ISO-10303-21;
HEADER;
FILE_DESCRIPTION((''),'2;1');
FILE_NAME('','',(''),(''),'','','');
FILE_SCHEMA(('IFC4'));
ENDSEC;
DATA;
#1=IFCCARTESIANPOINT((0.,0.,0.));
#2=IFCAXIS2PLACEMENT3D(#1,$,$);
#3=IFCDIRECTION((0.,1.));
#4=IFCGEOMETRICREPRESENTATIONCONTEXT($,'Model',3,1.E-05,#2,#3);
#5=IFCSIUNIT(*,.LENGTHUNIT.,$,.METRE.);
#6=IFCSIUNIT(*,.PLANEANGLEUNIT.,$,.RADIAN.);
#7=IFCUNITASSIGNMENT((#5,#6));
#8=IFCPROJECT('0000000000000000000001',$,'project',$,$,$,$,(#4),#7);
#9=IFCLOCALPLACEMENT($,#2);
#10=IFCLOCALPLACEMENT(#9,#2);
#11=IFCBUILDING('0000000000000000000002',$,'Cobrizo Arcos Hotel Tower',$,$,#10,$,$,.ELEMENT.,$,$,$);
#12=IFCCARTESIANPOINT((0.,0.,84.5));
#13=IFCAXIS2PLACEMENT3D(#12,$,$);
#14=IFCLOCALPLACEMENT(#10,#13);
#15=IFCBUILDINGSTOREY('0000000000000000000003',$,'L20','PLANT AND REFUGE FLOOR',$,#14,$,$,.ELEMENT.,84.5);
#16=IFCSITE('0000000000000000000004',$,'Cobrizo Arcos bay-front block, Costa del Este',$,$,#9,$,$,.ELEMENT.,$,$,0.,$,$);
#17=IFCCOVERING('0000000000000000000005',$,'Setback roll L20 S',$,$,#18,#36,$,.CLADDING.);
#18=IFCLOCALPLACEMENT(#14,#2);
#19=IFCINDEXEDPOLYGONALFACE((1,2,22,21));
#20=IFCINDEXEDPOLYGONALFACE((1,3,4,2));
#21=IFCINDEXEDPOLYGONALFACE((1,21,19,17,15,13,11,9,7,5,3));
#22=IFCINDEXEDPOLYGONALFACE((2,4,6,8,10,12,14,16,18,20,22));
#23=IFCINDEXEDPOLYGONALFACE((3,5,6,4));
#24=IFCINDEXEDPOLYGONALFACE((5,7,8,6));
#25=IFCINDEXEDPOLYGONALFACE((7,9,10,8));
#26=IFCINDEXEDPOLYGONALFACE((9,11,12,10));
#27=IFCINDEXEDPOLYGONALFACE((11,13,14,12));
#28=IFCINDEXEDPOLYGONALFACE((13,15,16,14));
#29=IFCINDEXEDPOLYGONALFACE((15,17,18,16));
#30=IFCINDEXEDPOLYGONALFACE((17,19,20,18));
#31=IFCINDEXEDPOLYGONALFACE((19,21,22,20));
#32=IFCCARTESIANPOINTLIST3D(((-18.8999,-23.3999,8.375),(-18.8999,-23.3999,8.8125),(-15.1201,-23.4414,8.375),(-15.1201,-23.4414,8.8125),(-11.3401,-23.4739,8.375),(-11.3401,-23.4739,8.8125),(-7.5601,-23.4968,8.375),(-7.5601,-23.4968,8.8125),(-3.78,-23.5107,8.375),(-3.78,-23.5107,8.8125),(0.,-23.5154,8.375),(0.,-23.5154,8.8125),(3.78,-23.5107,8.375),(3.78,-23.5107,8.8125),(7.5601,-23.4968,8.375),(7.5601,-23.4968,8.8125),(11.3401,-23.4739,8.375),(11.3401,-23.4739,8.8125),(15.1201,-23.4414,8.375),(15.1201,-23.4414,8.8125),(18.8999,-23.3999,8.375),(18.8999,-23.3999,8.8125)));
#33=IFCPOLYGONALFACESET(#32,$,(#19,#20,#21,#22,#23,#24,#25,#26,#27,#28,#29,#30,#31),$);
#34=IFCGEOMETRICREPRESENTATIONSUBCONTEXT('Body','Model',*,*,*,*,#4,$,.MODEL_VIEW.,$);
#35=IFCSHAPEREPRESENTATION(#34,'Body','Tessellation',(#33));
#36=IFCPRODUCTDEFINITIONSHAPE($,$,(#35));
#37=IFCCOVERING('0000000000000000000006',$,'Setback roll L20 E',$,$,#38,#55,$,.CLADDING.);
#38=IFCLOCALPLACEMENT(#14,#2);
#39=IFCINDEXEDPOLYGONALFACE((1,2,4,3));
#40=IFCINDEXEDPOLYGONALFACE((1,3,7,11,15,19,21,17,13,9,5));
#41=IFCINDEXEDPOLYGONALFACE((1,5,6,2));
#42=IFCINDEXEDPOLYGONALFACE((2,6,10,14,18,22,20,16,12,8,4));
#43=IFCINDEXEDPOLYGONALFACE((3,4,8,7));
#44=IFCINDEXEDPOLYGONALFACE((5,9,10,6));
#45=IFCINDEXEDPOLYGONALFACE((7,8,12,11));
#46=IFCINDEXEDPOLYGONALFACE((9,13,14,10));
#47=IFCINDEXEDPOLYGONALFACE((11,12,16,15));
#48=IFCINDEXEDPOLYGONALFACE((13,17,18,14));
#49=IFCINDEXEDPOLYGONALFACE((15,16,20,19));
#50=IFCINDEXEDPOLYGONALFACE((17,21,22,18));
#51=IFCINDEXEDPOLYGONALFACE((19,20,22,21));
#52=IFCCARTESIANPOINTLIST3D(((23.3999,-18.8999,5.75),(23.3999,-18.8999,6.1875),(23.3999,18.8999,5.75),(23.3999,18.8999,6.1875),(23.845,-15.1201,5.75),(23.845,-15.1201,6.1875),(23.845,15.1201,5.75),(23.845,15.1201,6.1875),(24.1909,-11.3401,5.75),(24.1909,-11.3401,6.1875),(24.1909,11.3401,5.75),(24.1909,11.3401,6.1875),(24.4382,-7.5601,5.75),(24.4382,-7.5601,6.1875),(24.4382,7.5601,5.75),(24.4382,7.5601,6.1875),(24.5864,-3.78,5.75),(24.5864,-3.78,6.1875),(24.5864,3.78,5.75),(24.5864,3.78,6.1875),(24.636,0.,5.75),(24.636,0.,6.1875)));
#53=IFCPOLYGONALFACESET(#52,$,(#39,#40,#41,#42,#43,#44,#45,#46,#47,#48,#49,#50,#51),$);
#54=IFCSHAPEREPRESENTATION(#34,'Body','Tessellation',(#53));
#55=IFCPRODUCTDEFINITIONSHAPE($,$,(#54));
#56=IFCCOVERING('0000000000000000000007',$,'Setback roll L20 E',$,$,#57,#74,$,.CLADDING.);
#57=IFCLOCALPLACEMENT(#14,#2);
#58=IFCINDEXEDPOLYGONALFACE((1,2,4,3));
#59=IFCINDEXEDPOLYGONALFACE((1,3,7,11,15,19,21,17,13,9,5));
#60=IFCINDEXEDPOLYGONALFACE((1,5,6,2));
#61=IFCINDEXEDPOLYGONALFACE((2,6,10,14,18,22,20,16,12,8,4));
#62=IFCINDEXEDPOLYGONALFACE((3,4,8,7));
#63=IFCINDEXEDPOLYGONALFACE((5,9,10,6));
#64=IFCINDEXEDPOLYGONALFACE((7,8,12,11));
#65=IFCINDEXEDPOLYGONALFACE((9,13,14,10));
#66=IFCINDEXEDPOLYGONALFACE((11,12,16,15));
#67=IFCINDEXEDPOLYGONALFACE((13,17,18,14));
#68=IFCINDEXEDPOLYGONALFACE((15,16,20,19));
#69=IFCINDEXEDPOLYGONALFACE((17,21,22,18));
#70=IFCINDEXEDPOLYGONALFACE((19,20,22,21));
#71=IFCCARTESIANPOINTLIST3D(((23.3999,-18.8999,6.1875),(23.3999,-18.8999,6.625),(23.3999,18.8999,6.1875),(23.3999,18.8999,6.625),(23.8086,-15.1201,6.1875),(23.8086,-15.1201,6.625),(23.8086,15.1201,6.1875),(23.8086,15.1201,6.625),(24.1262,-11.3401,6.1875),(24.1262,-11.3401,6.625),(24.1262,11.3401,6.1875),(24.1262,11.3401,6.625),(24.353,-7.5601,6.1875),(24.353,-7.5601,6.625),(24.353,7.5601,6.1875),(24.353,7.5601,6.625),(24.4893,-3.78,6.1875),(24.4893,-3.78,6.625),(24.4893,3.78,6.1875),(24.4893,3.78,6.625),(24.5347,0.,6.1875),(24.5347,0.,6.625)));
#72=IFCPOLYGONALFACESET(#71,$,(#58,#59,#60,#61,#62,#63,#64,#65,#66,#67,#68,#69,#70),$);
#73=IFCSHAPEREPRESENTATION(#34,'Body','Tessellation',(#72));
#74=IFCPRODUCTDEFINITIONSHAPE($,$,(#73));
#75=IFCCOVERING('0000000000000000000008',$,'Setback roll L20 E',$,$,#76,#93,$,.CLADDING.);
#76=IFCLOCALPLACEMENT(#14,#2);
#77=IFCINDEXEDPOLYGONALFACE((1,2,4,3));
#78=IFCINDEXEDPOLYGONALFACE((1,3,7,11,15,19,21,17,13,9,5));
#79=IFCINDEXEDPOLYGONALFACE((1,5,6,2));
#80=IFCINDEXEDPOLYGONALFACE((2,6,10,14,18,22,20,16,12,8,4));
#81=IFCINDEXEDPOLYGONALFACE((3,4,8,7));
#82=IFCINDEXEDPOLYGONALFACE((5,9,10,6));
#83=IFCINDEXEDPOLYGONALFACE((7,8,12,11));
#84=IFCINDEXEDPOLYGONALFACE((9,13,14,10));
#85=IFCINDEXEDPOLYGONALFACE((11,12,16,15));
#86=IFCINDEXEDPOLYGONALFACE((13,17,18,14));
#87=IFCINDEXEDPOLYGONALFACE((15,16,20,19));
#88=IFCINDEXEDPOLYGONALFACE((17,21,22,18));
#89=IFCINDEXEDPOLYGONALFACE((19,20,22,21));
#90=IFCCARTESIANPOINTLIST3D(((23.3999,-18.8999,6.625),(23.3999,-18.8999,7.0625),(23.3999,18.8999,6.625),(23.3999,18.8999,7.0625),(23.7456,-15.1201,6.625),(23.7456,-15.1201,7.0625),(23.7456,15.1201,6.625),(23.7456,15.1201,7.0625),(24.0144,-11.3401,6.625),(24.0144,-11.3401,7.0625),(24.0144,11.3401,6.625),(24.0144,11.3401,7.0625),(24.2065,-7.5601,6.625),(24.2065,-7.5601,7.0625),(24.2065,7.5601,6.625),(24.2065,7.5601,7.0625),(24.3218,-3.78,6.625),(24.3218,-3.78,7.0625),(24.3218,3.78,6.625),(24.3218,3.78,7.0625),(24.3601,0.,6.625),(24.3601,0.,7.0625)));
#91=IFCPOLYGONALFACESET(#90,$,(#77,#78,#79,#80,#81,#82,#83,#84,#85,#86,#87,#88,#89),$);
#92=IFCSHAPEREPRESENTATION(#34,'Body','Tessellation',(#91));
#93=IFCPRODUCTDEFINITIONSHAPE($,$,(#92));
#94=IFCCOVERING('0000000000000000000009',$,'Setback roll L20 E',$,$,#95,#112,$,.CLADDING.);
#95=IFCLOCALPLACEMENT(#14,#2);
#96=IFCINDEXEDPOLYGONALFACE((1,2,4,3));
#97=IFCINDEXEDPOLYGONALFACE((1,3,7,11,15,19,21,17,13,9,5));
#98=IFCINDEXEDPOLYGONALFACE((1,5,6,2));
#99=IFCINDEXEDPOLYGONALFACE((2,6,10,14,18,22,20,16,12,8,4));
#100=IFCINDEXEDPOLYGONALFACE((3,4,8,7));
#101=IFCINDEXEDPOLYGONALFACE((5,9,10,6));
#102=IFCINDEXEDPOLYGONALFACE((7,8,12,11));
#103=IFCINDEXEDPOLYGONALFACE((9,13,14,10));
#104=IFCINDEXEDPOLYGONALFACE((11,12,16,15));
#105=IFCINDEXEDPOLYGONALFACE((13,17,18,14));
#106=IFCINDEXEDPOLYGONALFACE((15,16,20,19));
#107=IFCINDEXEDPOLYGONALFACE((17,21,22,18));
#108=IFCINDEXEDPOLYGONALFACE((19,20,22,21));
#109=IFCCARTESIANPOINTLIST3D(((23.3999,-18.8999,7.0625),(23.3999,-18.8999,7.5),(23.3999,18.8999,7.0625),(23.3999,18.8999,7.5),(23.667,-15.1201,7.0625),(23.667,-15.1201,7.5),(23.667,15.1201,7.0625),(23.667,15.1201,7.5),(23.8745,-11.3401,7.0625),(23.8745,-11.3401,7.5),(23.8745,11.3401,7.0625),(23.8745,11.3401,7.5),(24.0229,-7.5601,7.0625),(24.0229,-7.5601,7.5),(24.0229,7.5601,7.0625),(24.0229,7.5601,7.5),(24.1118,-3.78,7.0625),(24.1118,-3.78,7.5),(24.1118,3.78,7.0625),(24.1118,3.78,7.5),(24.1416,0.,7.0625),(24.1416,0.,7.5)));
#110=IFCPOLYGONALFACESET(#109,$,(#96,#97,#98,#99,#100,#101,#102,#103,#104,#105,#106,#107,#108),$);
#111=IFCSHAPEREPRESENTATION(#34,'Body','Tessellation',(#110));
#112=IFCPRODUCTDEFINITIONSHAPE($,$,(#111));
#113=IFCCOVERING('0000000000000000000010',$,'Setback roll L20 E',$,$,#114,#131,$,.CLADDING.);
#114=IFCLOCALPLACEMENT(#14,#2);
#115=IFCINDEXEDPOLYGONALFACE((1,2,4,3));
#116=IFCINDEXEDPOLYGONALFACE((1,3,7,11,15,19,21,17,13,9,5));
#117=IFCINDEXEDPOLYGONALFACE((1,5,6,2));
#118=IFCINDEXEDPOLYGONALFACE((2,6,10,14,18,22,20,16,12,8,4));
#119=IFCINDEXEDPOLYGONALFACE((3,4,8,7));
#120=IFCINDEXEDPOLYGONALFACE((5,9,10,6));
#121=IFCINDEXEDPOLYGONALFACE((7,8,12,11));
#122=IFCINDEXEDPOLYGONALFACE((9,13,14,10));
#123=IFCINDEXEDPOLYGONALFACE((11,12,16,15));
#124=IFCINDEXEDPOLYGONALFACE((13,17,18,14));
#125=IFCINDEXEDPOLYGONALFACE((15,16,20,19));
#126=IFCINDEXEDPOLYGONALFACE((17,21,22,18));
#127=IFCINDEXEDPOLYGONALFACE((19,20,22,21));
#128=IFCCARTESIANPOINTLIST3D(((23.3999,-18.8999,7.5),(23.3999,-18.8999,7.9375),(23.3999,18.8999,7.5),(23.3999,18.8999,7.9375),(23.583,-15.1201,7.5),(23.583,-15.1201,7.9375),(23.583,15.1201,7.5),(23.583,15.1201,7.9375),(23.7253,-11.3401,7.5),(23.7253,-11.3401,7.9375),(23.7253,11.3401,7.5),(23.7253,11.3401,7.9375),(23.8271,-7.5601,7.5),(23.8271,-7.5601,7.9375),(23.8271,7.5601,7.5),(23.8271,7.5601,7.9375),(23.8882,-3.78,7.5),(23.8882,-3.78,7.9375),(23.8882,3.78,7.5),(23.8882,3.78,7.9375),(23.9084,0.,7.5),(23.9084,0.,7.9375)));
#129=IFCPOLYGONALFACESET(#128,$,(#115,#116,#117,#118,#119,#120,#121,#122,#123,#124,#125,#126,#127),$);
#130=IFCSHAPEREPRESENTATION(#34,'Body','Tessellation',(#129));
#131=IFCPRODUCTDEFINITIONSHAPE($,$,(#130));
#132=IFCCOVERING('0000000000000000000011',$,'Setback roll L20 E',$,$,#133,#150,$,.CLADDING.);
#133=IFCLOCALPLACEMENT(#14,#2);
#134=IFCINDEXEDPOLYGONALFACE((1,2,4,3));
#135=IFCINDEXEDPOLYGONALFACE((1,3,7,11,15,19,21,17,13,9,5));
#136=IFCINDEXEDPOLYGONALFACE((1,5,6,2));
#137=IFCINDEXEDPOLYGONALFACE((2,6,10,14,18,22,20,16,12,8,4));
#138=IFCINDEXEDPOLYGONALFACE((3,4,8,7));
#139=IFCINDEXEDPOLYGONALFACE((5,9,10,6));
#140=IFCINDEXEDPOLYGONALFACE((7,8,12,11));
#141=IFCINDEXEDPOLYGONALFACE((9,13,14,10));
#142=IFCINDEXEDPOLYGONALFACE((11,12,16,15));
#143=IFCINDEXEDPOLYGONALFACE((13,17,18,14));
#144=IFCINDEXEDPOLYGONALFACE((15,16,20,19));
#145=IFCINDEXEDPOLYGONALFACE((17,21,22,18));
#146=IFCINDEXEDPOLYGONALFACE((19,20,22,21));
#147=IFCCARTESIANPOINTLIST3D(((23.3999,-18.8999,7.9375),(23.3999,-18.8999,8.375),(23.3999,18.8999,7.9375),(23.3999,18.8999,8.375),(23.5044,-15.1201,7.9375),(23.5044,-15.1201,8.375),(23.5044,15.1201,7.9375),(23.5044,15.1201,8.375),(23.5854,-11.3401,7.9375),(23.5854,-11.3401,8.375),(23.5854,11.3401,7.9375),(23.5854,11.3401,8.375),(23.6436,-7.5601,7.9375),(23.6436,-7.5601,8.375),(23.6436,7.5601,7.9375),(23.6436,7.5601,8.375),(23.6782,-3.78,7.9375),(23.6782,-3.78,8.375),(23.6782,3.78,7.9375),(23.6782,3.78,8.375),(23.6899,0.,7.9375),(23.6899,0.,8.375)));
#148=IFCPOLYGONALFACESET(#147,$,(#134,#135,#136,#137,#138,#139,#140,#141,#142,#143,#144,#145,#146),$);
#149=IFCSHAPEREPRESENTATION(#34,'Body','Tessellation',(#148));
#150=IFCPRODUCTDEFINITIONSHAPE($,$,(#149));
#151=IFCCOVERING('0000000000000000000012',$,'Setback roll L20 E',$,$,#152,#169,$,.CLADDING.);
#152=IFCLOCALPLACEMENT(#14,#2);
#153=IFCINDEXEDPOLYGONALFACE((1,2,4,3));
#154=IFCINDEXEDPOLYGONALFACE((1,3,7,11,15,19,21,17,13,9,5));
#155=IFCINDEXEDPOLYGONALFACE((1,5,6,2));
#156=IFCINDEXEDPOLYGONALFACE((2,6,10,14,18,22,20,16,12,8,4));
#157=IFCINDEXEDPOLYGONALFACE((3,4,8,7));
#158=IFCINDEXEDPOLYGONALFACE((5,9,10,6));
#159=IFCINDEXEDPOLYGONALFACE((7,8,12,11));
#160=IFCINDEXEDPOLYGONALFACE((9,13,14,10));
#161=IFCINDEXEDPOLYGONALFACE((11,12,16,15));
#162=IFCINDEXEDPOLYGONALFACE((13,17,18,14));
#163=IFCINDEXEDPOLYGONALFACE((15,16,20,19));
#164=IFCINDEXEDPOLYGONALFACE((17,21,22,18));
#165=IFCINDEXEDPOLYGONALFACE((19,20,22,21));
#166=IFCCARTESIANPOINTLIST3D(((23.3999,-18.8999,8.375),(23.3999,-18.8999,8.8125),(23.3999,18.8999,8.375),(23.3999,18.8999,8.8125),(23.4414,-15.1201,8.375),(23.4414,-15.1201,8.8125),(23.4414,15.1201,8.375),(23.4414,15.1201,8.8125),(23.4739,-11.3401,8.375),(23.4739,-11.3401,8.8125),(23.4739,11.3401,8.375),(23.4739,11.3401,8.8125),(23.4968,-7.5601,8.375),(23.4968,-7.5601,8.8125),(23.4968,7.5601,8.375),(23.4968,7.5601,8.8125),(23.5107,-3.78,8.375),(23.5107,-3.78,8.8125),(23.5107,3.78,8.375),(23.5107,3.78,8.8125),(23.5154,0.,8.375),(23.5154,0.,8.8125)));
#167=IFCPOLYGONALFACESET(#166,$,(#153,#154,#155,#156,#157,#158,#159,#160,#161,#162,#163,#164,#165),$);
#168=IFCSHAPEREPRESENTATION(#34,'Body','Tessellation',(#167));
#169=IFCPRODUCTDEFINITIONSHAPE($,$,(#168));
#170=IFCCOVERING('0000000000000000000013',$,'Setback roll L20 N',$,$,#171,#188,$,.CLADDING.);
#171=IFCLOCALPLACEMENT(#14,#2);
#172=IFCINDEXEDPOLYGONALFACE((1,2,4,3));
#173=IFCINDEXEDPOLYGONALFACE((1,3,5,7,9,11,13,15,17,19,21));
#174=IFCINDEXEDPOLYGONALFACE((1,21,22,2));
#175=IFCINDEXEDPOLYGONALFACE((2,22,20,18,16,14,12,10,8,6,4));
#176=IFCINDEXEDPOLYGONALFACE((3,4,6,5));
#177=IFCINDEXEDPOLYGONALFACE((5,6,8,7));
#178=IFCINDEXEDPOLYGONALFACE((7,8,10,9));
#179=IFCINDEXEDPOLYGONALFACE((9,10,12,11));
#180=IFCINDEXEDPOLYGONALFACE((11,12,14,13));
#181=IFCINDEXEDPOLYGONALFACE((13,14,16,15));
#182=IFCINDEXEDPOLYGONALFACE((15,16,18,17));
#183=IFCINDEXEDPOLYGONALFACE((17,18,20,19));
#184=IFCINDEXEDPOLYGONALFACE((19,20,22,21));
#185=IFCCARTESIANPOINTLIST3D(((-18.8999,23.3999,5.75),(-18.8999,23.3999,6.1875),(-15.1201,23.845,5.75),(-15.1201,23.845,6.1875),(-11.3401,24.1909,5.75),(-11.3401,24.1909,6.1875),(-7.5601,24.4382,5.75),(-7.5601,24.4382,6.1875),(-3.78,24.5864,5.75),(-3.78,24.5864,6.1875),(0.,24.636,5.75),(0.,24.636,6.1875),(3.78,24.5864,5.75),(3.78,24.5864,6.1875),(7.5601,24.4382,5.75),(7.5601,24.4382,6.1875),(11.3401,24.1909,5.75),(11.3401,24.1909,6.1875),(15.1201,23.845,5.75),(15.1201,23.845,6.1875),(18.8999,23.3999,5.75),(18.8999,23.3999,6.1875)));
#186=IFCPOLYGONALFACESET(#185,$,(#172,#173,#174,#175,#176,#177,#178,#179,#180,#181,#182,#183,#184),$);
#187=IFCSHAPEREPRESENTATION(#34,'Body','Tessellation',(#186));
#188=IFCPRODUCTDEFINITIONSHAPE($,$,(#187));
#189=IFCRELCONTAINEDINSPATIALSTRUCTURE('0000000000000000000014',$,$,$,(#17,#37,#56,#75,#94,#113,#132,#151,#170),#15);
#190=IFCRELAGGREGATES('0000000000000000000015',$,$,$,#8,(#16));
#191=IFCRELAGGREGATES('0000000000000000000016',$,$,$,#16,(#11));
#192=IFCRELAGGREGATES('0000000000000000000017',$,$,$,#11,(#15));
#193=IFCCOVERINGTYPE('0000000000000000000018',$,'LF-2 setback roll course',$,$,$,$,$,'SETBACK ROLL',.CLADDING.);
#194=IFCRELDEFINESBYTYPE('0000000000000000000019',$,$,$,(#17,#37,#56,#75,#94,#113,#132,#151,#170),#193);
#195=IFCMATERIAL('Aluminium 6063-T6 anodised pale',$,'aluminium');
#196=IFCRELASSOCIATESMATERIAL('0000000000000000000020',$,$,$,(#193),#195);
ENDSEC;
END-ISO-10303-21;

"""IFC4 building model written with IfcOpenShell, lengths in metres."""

from ifc_helpers import new_model, si_unit, direction, frame, origin, place, context, subcontext, project, spatial, polyline, outline, extrude, material, type_object, element, save


model = new_model("IFC4")

# Units and contexts
model_context = context("Model", 3, precision=1e-05, world=origin(), true_north=direction((0.0, 1.0)))
body_context = subcontext(model_context, "Body", "Model", "MODEL_VIEW")
ifc_project = project(units=[si_unit("LENGTHUNIT", "METRE"), si_unit("PLANEANGLEUNIT", "RADIAN")], contexts=[model_context])

# Site, building, storey
site_placement = place(None, origin())
site = spatial("IfcSite", under=ifc_project, at=site_placement, Name="Cobrizo Arcos bay-front block, Costa del Este", CompositionType="ELEMENT", RefElevation=0.0)
building_placement = place(site_placement, origin())
building = spatial("IfcBuilding", under=site, at=building_placement, Name="Cobrizo Arcos Hotel Tower", CompositionType="ELEMENT")
storey_placement = place(building_placement, frame((0.0, 0.0, 84.5)))
storey = spatial("IfcBuildingStorey", under=building, at=storey_placement, Name="L20", Description="PLANT AND REFUGE FLOOR", CompositionType="ELEMENT", Elevation=84.5)

# Coverings
ifc_material_1 = material(Name="Aluminium 6063-T6 anodised pale", Category="aluminium")
covering_type = type_object("IfcCoveringType", Name="LF-2 setback roll course", ElementType="SETBACK ROLL", PredefinedType="CLADDING", material=ifc_material_1)
covering_1_placement = place(storey_placement, frame((0.0, 0.0, 8.375)))
element("IfcCovering", 1, at=covering_1_placement, inside=storey, type_object=covering_type, Name="Setback roll L20 S", PredefinedType="CLADDING", context=body_context, shape_type="SweptSolid", body=[
    extrude(outline(polyline([(-18.8999, -23.3999), (-15.1201, -23.4414), (-11.3401, -23.4739), (-7.5601, -23.4968), (-3.78, -23.5107), (0.0, -23.5154), (3.78, -23.5107), (7.5601, -23.4968), (11.3401, -23.4739), (15.1201, -23.4414), (18.8999, -23.3999), (18.8999, -23.3999), (-18.8999, -23.3999)])), origin(), (0.0, 0.0, 1.0), 0.4375),
])
covering_2_placement = place(storey_placement, frame((0.0, 0.0, 5.75)))
element("IfcCovering", 2, at=covering_2_placement, inside=storey, type_object=covering_type, Name="Setback roll L20 E", PredefinedType="CLADDING", context=body_context, shape_type="SweptSolid", body=[
    extrude(outline(polyline([(23.3999, -18.8999), (23.845, -15.1201), (24.1909, -11.3401), (24.4382, -7.5601), (24.5864, -3.78), (24.636, 0.0), (24.5864, 3.78), (24.4382, 7.5601), (24.1909, 11.3401), (23.845, 15.1201), (23.3999, 18.8999), (23.3999, 18.8999), (23.3999, -18.8999)])), origin(), (0.0, 0.0, 1.0), 0.4375),
])
covering_3_placement = place(storey_placement, frame((0.0, 0.0, 6.1875)))
element("IfcCovering", 3, at=covering_3_placement, inside=storey, type_object=covering_type, Name="Setback roll L20 E", PredefinedType="CLADDING", context=body_context, shape_type="SweptSolid", body=[
    extrude(outline(polyline([(23.3999, -18.8999), (23.8086, -15.1201), (24.1262, -11.3401), (24.353, -7.5601), (24.4893, -3.78), (24.5347, 0.0), (24.4893, 3.78), (24.353, 7.5601), (24.1262, 11.3401), (23.8086, 15.1201), (23.3999, 18.8999), (23.3999, 18.8999), (23.3999, -18.8999)])), origin(), (0.0, 0.0, 1.0), 0.4375),
])
covering_4_placement = place(storey_placement, frame((0.0, 0.0, 6.625)))
element("IfcCovering", 4, at=covering_4_placement, inside=storey, type_object=covering_type, Name="Setback roll L20 E", PredefinedType="CLADDING", context=body_context, shape_type="SweptSolid", body=[
    extrude(outline(polyline([(23.3999, -18.8999), (23.7456, -15.1201), (24.0144, -11.3401), (24.2065, -7.5601), (24.3218, -3.78), (24.3601, 0.0), (24.3218, 3.78), (24.2065, 7.5601), (24.0144, 11.3401), (23.7456, 15.1201), (23.3999, 18.8999), (23.3999, 18.8999), (23.3999, -18.8999)])), origin(), (0.0, 0.0, 1.0), 0.4375),
])
covering_5_placement = place(storey_placement, frame((0.0, 0.0, 7.0625)))
element("IfcCovering", 5, at=covering_5_placement, inside=storey, type_object=covering_type, Name="Setback roll L20 E", PredefinedType="CLADDING", context=body_context, shape_type="SweptSolid", body=[
    extrude(outline(polyline([(23.3999, -18.8999), (23.667, -15.1201), (23.8745, -11.3401), (24.0229, -7.5601), (24.1118, -3.78), (24.1416, 0.0), (24.1118, 3.78), (24.0229, 7.5601), (23.8745, 11.3401), (23.667, 15.1201), (23.3999, 18.8999), (23.3999, 18.8999), (23.3999, -18.8999)])), origin(), (0.0, 0.0, 1.0), 0.4375),
])
covering_6_placement = place(storey_placement, frame((0.0, 0.0, 7.5)))
element("IfcCovering", 6, at=covering_6_placement, inside=storey, type_object=covering_type, Name="Setback roll L20 E", PredefinedType="CLADDING", context=body_context, shape_type="SweptSolid", body=[
    extrude(outline(polyline([(23.3999, -18.8999), (23.583, -15.1201), (23.7253, -11.3401), (23.8271, -7.5601), (23.8882, -3.78), (23.9084, 0.0), (23.8882, 3.78), (23.8271, 7.5601), (23.7253, 11.3401), (23.583, 15.1201), (23.3999, 18.8999), (23.3999, 18.8999), (23.3999, -18.8999)])), origin(), (0.0, 0.0, 1.0), 0.4375),
])
covering_7_placement = place(storey_placement, frame((0.0, 0.0, 7.9375)))
element("IfcCovering", 7, at=covering_7_placement, inside=storey, type_object=covering_type, Name="Setback roll L20 E", PredefinedType="CLADDING", context=body_context, shape_type="SweptSolid", body=[
    extrude(outline(polyline([(23.3999, -18.8999), (23.5044, -15.1201), (23.5854, -11.3401), (23.6436, -7.5601), (23.6782, -3.78), (23.6899, 0.0), (23.6782, 3.78), (23.6436, 7.5601), (23.5854, 11.3401), (23.5044, 15.1201), (23.3999, 18.8999), (23.3999, 18.8999), (23.3999, -18.8999)])), origin(), (0.0, 0.0, 1.0), 0.4375),
])
covering_8_placement = place(storey_placement, frame((0.0, 0.0, 8.375)))
element("IfcCovering", 8, at=covering_8_placement, inside=storey, type_object=covering_type, Name="Setback roll L20 E", PredefinedType="CLADDING", context=body_context, shape_type="SweptSolid", body=[
    extrude(outline(polyline([(23.3999, -18.8999), (23.4414, -15.1201), (23.4739, -11.3401), (23.4968, -7.5601), (23.5107, -3.78), (23.5154, 0.0), (23.5107, 3.78), (23.4968, 7.5601), (23.4739, 11.3401), (23.4414, 15.1201), (23.3999, 18.8999), (23.3999, 18.8999), (23.3999, -18.8999)])), origin(), (0.0, 0.0, 1.0), 0.4375),
])
covering_9_placement = place(storey_placement, frame((0.0, 0.0, 5.75)))
element("IfcCovering", 9, at=covering_9_placement, inside=storey, type_object=covering_type, Name="Setback roll L20 N", PredefinedType="CLADDING", context=body_context, shape_type="SweptSolid", body=[
    extrude(outline(polyline([(18.8999, 23.3999), (15.1201, 23.845), (11.3401, 24.1909), (7.5601, 24.4382), (3.78, 24.5864), (0.0, 24.636), (-3.78, 24.5864), (-7.5601, 24.4382), (-11.3401, 24.1909), (-15.1201, 23.845), (-18.8999, 23.3999), (-18.8999, 23.3999), (18.8999, 23.3999)])), origin(), (0.0, 0.0, 1.0), 0.4375),
])

save(model, "model.ifc")
